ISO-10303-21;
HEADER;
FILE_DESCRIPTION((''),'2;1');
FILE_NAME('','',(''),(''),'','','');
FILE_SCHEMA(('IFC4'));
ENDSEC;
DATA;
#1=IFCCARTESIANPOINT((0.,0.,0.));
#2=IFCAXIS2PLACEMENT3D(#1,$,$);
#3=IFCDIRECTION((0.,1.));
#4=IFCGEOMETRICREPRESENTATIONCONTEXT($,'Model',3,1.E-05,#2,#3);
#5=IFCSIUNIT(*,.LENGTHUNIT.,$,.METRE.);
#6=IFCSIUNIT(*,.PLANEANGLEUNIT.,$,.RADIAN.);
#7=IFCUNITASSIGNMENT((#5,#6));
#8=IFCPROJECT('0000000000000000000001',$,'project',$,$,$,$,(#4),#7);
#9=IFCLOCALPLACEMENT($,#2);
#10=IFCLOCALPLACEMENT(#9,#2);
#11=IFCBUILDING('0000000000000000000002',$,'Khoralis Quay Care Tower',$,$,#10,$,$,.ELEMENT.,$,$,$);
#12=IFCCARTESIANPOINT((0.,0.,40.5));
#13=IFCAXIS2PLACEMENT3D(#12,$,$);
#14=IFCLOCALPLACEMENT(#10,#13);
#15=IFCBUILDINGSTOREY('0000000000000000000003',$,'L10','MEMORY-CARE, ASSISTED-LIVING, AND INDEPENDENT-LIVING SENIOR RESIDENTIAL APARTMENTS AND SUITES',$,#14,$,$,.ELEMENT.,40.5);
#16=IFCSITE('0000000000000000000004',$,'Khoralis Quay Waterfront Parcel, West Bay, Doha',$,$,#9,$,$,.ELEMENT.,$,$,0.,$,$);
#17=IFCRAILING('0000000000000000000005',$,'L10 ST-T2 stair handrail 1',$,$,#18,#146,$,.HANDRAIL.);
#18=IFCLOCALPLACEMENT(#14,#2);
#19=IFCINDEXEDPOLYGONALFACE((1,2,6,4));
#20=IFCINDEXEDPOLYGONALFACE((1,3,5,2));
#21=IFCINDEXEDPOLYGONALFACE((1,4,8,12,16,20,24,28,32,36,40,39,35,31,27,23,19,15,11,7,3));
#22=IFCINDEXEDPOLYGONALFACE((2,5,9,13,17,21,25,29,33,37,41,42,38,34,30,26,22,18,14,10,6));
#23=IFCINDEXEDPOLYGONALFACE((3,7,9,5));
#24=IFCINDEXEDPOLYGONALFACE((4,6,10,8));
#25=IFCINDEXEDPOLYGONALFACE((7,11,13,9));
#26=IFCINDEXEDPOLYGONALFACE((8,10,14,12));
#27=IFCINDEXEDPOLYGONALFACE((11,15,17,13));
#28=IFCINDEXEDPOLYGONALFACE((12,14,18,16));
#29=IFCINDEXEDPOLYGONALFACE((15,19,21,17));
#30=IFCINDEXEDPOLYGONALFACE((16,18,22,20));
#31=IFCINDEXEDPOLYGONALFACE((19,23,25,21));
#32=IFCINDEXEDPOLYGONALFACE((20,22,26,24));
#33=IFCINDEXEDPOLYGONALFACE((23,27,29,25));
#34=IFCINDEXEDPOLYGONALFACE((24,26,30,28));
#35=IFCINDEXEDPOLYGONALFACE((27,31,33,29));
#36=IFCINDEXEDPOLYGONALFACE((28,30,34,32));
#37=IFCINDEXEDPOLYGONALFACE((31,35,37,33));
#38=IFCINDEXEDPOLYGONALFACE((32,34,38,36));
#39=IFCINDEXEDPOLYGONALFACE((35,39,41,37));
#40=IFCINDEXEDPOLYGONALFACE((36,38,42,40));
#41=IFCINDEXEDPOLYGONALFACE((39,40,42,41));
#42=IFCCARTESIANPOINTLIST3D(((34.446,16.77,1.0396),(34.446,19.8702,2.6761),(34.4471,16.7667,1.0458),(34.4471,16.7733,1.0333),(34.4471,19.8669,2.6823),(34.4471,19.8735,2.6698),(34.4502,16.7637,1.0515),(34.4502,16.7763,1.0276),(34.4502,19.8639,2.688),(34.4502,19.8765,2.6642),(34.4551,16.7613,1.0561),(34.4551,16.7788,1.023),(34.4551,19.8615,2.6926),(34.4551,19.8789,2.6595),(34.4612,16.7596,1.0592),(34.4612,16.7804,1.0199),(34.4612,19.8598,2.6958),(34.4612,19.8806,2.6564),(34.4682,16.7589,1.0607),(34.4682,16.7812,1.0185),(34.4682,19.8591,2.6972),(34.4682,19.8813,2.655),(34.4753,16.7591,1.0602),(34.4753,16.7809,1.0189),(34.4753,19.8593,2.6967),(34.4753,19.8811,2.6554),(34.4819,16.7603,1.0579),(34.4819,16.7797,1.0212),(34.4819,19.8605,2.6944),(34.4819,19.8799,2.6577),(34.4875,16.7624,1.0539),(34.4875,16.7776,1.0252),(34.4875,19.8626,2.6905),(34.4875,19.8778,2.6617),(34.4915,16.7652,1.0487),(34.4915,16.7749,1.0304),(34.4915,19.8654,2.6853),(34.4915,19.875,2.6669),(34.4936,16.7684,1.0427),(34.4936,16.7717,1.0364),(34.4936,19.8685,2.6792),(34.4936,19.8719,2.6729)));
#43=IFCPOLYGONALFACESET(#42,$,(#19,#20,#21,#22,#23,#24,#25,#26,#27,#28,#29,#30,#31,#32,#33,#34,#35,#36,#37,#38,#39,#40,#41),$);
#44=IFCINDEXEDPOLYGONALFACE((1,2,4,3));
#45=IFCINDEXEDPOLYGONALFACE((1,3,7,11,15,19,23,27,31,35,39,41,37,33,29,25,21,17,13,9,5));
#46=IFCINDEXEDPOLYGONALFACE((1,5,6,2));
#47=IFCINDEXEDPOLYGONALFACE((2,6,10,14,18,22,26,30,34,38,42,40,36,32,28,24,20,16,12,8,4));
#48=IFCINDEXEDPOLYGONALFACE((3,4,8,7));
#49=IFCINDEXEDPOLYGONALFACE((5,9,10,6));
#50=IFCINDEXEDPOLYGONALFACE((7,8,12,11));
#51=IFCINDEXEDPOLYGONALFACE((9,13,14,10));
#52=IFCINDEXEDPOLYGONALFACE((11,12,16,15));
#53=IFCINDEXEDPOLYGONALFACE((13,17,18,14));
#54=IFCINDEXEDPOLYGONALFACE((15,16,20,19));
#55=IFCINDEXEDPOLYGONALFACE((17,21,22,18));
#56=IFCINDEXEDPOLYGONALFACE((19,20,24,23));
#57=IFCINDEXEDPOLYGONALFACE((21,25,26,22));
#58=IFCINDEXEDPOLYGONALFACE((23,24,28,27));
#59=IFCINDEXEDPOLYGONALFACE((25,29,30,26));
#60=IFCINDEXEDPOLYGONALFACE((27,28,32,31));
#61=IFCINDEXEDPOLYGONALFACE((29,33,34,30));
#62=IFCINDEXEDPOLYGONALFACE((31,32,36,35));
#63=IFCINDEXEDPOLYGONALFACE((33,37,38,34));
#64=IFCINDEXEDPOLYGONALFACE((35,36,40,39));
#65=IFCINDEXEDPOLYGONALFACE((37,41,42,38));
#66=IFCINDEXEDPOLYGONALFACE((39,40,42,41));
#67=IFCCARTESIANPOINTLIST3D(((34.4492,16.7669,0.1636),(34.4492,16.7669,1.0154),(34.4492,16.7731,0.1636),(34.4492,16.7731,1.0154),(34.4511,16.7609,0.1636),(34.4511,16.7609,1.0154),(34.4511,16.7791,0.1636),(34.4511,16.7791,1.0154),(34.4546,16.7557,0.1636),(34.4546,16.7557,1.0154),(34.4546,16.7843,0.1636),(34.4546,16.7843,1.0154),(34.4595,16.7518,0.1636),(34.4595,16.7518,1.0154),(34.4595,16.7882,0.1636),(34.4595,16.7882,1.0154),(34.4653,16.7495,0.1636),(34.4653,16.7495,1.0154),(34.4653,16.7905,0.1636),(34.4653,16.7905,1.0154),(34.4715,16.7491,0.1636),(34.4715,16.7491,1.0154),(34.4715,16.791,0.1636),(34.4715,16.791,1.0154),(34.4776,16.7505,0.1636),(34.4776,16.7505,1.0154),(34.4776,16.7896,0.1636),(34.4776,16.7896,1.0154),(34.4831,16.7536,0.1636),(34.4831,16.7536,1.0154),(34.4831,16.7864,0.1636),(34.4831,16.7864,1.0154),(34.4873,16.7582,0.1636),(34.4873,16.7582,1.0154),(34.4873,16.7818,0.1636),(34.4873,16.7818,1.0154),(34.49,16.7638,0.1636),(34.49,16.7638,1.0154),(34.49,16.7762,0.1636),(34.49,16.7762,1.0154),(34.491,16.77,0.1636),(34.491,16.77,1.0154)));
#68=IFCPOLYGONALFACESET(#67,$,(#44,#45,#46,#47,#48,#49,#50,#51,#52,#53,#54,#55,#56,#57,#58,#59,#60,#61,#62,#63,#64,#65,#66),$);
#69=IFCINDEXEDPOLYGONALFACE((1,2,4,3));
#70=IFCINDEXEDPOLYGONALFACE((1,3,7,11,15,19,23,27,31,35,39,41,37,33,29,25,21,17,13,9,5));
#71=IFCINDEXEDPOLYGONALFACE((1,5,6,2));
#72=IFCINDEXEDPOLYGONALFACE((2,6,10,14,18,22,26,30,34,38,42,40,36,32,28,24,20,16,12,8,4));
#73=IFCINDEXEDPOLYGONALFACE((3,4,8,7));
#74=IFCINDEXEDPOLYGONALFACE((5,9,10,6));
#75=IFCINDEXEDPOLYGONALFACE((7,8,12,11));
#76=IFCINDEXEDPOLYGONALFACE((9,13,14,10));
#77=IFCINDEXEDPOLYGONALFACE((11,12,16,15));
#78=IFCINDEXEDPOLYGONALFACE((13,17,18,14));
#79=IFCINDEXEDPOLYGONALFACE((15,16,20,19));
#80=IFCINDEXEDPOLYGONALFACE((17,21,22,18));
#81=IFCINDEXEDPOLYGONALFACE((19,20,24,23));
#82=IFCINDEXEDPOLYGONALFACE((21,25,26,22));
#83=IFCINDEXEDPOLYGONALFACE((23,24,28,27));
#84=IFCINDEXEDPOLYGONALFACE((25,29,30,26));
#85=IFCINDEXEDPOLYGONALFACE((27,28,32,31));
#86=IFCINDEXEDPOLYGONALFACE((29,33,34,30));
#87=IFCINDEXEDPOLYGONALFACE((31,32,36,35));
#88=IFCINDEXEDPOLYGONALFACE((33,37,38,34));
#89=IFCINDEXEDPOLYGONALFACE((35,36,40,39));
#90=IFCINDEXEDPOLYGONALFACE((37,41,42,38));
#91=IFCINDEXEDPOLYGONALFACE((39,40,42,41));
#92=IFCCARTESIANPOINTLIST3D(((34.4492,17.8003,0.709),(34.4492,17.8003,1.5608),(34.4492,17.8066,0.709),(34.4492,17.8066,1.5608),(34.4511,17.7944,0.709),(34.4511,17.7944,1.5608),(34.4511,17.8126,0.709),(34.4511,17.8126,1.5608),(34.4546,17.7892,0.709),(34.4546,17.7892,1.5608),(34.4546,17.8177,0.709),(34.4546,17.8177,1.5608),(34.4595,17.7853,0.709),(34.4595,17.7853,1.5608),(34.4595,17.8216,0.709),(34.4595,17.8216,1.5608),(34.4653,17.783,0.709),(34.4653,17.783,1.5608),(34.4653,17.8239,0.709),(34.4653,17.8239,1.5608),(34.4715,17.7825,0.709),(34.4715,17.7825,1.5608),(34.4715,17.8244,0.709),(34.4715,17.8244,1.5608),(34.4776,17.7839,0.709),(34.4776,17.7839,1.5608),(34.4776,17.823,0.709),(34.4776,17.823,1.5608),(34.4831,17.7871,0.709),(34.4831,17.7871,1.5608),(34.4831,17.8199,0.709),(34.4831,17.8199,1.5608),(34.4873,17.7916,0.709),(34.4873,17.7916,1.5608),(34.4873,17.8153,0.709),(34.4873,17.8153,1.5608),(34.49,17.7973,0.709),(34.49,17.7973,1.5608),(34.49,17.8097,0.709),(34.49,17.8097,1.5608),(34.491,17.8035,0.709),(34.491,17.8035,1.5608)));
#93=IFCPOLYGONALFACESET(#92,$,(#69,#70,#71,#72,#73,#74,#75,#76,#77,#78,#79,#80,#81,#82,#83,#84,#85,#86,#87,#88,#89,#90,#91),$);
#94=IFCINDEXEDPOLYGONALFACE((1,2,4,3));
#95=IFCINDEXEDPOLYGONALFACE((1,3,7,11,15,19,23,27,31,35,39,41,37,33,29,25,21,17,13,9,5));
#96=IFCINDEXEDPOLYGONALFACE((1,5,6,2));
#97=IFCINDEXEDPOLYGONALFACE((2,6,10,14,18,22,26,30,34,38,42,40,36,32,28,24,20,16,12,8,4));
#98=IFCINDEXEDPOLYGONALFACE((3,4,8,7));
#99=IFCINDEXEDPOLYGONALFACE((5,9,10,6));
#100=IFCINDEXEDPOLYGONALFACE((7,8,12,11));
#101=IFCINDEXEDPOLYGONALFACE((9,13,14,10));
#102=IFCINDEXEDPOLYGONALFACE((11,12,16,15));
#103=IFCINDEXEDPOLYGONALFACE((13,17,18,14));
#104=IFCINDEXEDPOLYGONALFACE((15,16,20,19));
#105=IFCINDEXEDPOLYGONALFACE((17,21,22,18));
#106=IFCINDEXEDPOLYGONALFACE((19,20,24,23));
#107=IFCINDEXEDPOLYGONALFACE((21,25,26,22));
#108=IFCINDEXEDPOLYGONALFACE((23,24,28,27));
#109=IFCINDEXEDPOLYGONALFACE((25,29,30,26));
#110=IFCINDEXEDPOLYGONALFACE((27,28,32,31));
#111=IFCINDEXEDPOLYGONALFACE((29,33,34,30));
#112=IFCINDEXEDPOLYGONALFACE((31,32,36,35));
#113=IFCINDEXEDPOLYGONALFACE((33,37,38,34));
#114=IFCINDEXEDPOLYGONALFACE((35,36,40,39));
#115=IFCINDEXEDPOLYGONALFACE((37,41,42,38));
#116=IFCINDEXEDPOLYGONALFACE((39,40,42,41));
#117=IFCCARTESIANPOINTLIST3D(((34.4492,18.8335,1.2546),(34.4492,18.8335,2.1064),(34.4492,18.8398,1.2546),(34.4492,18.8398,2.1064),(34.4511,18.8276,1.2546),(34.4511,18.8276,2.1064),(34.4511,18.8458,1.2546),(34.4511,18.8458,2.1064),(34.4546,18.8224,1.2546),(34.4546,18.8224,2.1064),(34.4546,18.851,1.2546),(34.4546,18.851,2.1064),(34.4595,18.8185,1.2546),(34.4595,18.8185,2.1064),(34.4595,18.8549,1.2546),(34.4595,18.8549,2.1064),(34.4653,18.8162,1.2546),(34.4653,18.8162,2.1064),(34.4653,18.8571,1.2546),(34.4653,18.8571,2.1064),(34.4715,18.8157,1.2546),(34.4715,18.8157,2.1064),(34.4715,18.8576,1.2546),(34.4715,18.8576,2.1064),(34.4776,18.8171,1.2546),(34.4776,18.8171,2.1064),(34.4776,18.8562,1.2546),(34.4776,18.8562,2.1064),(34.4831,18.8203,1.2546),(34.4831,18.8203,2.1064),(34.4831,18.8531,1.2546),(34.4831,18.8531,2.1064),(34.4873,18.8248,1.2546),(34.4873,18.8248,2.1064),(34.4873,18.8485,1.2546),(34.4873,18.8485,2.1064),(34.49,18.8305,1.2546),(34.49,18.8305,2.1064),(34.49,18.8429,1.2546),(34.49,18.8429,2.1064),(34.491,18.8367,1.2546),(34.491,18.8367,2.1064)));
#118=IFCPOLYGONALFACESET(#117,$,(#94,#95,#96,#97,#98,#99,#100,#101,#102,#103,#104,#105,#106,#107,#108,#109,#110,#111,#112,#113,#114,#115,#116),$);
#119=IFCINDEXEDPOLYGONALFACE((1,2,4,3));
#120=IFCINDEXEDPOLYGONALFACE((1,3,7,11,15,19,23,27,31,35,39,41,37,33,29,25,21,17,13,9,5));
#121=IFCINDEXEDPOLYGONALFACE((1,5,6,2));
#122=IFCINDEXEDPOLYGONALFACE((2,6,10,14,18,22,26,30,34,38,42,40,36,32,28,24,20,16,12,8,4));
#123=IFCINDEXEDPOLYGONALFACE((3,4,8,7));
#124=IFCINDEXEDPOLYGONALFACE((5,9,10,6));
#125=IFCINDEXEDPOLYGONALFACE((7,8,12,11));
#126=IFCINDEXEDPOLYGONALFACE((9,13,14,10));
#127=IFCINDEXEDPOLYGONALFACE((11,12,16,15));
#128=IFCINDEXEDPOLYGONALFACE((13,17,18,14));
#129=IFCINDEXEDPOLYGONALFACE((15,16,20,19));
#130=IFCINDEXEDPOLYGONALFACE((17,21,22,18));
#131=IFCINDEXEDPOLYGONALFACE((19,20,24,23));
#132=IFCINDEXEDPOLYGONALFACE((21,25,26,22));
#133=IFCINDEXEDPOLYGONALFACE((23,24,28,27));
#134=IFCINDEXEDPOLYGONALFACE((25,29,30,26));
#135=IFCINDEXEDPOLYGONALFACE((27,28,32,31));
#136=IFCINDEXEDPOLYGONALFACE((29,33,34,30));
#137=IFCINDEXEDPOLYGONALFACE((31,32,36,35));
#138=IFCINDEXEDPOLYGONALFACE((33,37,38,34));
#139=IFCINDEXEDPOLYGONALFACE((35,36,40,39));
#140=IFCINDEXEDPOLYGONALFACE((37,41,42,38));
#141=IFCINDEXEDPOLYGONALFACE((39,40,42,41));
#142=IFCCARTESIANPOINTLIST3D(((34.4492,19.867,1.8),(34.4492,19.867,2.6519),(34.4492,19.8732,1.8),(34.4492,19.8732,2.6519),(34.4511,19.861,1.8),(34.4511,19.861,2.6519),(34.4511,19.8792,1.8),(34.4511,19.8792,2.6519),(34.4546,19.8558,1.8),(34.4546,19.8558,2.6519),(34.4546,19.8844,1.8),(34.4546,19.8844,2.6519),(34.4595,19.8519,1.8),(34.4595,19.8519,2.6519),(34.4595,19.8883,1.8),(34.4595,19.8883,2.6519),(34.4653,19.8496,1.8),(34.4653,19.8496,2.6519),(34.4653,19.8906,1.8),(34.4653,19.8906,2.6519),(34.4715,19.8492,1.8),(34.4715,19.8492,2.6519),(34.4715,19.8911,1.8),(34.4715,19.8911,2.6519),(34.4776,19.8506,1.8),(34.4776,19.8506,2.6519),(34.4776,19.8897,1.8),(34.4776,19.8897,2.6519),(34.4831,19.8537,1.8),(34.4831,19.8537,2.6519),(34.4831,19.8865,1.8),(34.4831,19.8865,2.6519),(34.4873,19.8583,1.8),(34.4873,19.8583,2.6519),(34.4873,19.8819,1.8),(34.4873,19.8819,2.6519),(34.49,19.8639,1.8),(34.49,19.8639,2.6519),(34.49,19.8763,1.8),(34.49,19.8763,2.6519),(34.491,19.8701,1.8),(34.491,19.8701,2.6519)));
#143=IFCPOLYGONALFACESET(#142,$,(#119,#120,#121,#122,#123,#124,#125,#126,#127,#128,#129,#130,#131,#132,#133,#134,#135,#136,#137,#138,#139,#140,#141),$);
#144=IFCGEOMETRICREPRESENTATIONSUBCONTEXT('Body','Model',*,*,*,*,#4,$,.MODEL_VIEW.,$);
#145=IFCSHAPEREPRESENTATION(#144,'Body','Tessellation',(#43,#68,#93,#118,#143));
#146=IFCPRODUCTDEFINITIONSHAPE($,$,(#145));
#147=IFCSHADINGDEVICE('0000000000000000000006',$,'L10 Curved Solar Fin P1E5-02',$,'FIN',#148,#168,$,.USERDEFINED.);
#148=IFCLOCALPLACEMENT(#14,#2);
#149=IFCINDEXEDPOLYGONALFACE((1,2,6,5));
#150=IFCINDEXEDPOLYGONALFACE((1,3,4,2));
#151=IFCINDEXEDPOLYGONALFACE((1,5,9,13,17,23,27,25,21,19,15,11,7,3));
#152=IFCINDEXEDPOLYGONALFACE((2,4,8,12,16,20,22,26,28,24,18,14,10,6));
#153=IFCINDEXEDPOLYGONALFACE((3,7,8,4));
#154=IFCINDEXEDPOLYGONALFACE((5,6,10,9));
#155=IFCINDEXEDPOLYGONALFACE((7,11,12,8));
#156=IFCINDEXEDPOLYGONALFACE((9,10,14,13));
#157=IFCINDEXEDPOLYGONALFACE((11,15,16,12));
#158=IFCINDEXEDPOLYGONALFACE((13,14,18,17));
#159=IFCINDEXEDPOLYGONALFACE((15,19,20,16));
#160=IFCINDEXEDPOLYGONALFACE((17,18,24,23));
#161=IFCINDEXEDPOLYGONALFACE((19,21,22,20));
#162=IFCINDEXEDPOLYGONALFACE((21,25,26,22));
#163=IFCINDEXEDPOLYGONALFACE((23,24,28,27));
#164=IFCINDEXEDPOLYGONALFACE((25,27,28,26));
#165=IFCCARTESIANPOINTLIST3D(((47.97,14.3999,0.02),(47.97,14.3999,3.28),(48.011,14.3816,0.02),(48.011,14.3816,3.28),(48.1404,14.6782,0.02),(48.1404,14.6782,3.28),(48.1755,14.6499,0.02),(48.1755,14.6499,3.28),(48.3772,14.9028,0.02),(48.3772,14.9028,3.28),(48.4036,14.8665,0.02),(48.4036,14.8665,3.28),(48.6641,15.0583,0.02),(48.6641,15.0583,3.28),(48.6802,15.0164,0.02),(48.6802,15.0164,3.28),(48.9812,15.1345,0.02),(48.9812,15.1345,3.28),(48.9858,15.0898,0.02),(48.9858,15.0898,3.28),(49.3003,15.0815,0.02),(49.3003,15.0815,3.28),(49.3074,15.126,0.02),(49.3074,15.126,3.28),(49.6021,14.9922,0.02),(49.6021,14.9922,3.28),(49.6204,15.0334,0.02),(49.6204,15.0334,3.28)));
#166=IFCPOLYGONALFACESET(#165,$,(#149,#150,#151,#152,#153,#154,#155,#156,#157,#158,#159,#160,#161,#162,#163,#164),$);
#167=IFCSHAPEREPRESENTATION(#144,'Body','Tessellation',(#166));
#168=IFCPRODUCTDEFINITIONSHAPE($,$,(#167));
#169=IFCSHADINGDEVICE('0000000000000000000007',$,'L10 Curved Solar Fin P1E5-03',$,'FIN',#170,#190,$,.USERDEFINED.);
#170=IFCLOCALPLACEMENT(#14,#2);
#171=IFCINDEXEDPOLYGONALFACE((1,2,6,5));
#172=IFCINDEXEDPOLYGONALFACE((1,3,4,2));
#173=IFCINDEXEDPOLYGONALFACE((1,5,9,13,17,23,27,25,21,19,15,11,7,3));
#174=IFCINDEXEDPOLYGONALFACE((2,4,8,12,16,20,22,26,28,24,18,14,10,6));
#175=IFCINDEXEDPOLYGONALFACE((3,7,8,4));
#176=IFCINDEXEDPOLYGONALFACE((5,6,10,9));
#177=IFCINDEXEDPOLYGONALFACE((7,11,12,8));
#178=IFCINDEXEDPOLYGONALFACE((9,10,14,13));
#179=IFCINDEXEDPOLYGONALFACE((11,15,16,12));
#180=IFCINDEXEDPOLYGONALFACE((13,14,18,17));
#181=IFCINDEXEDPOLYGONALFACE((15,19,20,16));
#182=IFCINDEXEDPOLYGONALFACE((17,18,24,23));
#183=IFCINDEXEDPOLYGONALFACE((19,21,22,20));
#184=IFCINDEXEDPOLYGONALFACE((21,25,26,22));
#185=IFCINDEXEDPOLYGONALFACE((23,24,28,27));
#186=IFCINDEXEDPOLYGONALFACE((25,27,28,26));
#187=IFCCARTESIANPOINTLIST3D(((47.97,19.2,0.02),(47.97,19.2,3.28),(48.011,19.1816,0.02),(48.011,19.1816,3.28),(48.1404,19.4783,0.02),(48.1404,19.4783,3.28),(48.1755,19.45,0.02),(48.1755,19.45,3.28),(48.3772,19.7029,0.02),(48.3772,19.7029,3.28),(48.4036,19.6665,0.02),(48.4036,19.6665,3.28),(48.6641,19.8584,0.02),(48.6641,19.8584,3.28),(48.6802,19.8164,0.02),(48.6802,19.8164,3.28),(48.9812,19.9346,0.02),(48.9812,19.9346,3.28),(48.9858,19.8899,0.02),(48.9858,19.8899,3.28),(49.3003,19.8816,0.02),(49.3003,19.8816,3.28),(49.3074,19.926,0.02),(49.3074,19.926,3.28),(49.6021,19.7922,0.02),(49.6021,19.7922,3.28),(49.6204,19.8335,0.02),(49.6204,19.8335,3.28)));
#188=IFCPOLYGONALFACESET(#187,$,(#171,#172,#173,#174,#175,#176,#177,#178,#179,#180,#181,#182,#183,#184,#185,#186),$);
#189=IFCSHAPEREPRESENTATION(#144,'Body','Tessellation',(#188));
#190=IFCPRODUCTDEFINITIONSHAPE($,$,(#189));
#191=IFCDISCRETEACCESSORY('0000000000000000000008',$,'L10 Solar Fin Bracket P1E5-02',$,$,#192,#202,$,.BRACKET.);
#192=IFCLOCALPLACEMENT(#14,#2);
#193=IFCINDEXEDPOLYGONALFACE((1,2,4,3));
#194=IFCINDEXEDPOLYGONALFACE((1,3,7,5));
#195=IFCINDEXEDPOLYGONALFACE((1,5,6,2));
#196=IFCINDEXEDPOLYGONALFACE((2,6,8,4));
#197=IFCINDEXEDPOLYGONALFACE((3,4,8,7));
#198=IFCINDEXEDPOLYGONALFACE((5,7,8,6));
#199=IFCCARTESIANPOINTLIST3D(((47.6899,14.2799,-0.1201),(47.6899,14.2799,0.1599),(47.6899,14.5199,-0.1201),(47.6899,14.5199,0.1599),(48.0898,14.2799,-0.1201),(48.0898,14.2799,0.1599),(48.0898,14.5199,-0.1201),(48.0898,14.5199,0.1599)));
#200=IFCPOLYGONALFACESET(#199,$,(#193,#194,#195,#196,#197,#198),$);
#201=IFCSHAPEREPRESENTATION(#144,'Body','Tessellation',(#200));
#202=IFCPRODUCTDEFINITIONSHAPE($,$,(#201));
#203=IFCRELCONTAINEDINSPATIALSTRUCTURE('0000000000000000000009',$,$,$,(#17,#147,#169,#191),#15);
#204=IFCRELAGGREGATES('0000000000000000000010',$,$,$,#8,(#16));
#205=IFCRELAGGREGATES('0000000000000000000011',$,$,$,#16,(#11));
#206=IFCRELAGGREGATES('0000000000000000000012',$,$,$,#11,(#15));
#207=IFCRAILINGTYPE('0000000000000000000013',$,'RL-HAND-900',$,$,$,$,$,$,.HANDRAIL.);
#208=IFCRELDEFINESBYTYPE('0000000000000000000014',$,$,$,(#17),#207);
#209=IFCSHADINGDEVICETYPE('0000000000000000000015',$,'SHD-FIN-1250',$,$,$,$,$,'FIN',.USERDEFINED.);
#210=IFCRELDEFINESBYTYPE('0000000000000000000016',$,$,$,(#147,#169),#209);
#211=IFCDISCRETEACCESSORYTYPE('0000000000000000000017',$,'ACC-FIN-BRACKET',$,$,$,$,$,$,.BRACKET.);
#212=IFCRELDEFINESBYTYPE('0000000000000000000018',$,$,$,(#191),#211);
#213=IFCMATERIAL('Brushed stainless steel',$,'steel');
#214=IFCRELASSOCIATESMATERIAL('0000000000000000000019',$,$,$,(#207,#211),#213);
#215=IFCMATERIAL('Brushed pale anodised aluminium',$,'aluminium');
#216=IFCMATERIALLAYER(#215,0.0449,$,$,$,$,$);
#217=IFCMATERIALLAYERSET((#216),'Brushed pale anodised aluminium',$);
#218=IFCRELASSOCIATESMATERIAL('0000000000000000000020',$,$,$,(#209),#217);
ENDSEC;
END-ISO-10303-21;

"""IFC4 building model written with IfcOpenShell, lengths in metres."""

from ifc_helpers import new_model, si_unit, direction, frame, origin, origin_2d, place, context, subcontext, project, spatial, polyline, rectangle, circle, outline, extrude, source, transform, mapped, material, layer, layer_set, type_object, element, save


model = new_model("IFC4")

# Units and contexts
model_context = context("Model", 3, precision=1e-05, world=origin(), true_north=direction((0.0, 1.0)))
body_context = subcontext(model_context, "Body", "Model", "MODEL_VIEW")
ifc_project = project(units=[si_unit("LENGTHUNIT", "METRE"), si_unit("PLANEANGLEUNIT", "RADIAN")], contexts=[model_context])

# Site, building, storey
site_placement = place(None, origin())
site = spatial("IfcSite", under=ifc_project, at=site_placement, Name="Khoralis Quay Waterfront Parcel, West Bay, Doha", CompositionType="ELEMENT", RefElevation=0.0)
building_placement = place(site_placement, origin())
building = spatial("IfcBuilding", under=site, at=building_placement, Name="Khoralis Quay Care Tower", CompositionType="ELEMENT")
storey_placement = place(building_placement, frame((0.0, 0.0, 40.5)))
storey = spatial("IfcBuildingStorey", under=building, at=storey_placement, Name="L10", Description="MEMORY-CARE, ASSISTED-LIVING, AND INDEPENDENT-LIVING SENIOR RESIDENTIAL APARTMENTS AND SUITES", CompositionType="ELEMENT", Elevation=40.5)

# Railing
ifc_material_1 = material(Name="Brushed stainless steel", Category="steel")
railing_type = type_object("IfcRailingType", Name="RL-HAND-900", PredefinedType="HANDRAIL", material=ifc_material_1)
railing_placement = place(storey_placement, frame((34.47, 16.77, 0.1636)))
element("IfcRailing", 1, at=railing_placement, inside=storey, type_object=railing_type, Name="L10 ST-T2 stair handrail 1", PredefinedType="HANDRAIL", context=body_context, shape_type="SweptSolid", body=[
    extrude(circle(Radius=0.0239, at=origin_2d()), frame((0.0, 0.0, 0.876), z_axis=(0.0, 0.884348, 0.466828), x_axis=(-1.0, 0.0, 0.0)), (0.0, 0.0, 1.0), 3.5056),
    extrude(circle(Radius=0.021, at=origin_2d()), origin(), (0.0, 0.0, 1.0), 0.8518),
    extrude(circle(Radius=0.021, at=origin_2d()), frame((0.0, 1.0334, 0.5454)), (0.0, 0.0, 1.0), 0.8518),
    extrude(circle(Radius=0.021, at=origin_2d()), frame((0.0, 2.0667, 1.0911)), (0.0, 0.0, 1.0), 0.8518),
    extrude(circle(Radius=0.021, at=origin_2d()), frame((0.0, 3.1001, 1.6365)), (0.0, 0.0, 1.0), 0.8518),
])

# Shading devices
ifc_material_2 = material(Name="Brushed pale anodised aluminium", Category="aluminium")
ifc_layer_1 = layer(ifc_material_2, 0.0449)
ifc_layer_set_1 = layer_set([ifc_layer_1], Name="Brushed pale anodised aluminium")
shading_device_type = type_object("IfcShadingDeviceType", Name="SHD-FIN-1250", ElementType="FIN", PredefinedType="USERDEFINED", material=ifc_layer_set_1)
shared_shape_1 = source(origin(), body_context, "Body", "SweptSolid", [
    extrude(outline(polyline([(0.0, 0.0), (0.1704, 0.2783), (0.4072, 0.5029), (0.6941, 0.6584), (1.0112, 0.7346), (1.3374, 0.7261), (1.6504, 0.6335), (1.6321, 0.5923), (1.3303, 0.6816), (1.0159, 0.6899), (0.7102, 0.6165), (0.4336, 0.4666), (0.2056, 0.25), (0.041, -0.0183), (0.0, 0.0)])), origin(), (0.0, 0.0, 1.0), 3.26),
])
for number, where, z_axis, x_axis, name in (
    (2, (47.97, 14.3999, 0.02), (0.0, 0.0, 1.0), (1.0, 0.0, 0.0), "L10 Curved Solar Fin P1E5-02"),
    (3, (47.97, 19.2, 0.02), (0.0, 0.0, 1.0), (1.0, 0.0, 0.0), "L10 Curved Solar Fin P1E5-03"),
):
    element("IfcShadingDevice", number, at=place(storey_placement, frame(where, z_axis=z_axis, x_axis=x_axis)), inside=storey, type_object=shading_device_type, Name=name, ObjectType="FIN", PredefinedType="USERDEFINED", context=body_context, shape_type="MappedRepresentation", body=[
        mapped(shared_shape_1, transform((0.0, 0.0, 0.0), scale=1.0)),
    ])

# Discrete accessory
discrete_accessory_type = type_object("IfcDiscreteAccessoryType", Name="ACC-FIN-BRACKET", PredefinedType="BRACKET", material=ifc_material_1)
shared_shape_2 = source(origin(), body_context, "Body", "SweptSolid", [
    extrude(rectangle(XDim=0.3999, YDim=0.24, at=origin_2d()), origin(), (0.0, 0.0, 1.0), 0.28),
])
for number, where, z_axis, x_axis, name in (
    (4, (47.8899, 14.3999, -0.1201), (0.0, 0.0, 1.0), (1.0, 0.0, 0.0), "L10 Solar Fin Bracket P1E5-02"),
):
    element("IfcDiscreteAccessory", number, at=place(storey_placement, frame(where, z_axis=z_axis, x_axis=x_axis)), inside=storey, type_object=discrete_accessory_type, Name=name, PredefinedType="BRACKET", context=body_context, shape_type="MappedRepresentation", body=[
        mapped(shared_shape_2, transform((0.0, 0.0, 0.0), scale=1.0)),
    ])

save(model, "model.ifc")
